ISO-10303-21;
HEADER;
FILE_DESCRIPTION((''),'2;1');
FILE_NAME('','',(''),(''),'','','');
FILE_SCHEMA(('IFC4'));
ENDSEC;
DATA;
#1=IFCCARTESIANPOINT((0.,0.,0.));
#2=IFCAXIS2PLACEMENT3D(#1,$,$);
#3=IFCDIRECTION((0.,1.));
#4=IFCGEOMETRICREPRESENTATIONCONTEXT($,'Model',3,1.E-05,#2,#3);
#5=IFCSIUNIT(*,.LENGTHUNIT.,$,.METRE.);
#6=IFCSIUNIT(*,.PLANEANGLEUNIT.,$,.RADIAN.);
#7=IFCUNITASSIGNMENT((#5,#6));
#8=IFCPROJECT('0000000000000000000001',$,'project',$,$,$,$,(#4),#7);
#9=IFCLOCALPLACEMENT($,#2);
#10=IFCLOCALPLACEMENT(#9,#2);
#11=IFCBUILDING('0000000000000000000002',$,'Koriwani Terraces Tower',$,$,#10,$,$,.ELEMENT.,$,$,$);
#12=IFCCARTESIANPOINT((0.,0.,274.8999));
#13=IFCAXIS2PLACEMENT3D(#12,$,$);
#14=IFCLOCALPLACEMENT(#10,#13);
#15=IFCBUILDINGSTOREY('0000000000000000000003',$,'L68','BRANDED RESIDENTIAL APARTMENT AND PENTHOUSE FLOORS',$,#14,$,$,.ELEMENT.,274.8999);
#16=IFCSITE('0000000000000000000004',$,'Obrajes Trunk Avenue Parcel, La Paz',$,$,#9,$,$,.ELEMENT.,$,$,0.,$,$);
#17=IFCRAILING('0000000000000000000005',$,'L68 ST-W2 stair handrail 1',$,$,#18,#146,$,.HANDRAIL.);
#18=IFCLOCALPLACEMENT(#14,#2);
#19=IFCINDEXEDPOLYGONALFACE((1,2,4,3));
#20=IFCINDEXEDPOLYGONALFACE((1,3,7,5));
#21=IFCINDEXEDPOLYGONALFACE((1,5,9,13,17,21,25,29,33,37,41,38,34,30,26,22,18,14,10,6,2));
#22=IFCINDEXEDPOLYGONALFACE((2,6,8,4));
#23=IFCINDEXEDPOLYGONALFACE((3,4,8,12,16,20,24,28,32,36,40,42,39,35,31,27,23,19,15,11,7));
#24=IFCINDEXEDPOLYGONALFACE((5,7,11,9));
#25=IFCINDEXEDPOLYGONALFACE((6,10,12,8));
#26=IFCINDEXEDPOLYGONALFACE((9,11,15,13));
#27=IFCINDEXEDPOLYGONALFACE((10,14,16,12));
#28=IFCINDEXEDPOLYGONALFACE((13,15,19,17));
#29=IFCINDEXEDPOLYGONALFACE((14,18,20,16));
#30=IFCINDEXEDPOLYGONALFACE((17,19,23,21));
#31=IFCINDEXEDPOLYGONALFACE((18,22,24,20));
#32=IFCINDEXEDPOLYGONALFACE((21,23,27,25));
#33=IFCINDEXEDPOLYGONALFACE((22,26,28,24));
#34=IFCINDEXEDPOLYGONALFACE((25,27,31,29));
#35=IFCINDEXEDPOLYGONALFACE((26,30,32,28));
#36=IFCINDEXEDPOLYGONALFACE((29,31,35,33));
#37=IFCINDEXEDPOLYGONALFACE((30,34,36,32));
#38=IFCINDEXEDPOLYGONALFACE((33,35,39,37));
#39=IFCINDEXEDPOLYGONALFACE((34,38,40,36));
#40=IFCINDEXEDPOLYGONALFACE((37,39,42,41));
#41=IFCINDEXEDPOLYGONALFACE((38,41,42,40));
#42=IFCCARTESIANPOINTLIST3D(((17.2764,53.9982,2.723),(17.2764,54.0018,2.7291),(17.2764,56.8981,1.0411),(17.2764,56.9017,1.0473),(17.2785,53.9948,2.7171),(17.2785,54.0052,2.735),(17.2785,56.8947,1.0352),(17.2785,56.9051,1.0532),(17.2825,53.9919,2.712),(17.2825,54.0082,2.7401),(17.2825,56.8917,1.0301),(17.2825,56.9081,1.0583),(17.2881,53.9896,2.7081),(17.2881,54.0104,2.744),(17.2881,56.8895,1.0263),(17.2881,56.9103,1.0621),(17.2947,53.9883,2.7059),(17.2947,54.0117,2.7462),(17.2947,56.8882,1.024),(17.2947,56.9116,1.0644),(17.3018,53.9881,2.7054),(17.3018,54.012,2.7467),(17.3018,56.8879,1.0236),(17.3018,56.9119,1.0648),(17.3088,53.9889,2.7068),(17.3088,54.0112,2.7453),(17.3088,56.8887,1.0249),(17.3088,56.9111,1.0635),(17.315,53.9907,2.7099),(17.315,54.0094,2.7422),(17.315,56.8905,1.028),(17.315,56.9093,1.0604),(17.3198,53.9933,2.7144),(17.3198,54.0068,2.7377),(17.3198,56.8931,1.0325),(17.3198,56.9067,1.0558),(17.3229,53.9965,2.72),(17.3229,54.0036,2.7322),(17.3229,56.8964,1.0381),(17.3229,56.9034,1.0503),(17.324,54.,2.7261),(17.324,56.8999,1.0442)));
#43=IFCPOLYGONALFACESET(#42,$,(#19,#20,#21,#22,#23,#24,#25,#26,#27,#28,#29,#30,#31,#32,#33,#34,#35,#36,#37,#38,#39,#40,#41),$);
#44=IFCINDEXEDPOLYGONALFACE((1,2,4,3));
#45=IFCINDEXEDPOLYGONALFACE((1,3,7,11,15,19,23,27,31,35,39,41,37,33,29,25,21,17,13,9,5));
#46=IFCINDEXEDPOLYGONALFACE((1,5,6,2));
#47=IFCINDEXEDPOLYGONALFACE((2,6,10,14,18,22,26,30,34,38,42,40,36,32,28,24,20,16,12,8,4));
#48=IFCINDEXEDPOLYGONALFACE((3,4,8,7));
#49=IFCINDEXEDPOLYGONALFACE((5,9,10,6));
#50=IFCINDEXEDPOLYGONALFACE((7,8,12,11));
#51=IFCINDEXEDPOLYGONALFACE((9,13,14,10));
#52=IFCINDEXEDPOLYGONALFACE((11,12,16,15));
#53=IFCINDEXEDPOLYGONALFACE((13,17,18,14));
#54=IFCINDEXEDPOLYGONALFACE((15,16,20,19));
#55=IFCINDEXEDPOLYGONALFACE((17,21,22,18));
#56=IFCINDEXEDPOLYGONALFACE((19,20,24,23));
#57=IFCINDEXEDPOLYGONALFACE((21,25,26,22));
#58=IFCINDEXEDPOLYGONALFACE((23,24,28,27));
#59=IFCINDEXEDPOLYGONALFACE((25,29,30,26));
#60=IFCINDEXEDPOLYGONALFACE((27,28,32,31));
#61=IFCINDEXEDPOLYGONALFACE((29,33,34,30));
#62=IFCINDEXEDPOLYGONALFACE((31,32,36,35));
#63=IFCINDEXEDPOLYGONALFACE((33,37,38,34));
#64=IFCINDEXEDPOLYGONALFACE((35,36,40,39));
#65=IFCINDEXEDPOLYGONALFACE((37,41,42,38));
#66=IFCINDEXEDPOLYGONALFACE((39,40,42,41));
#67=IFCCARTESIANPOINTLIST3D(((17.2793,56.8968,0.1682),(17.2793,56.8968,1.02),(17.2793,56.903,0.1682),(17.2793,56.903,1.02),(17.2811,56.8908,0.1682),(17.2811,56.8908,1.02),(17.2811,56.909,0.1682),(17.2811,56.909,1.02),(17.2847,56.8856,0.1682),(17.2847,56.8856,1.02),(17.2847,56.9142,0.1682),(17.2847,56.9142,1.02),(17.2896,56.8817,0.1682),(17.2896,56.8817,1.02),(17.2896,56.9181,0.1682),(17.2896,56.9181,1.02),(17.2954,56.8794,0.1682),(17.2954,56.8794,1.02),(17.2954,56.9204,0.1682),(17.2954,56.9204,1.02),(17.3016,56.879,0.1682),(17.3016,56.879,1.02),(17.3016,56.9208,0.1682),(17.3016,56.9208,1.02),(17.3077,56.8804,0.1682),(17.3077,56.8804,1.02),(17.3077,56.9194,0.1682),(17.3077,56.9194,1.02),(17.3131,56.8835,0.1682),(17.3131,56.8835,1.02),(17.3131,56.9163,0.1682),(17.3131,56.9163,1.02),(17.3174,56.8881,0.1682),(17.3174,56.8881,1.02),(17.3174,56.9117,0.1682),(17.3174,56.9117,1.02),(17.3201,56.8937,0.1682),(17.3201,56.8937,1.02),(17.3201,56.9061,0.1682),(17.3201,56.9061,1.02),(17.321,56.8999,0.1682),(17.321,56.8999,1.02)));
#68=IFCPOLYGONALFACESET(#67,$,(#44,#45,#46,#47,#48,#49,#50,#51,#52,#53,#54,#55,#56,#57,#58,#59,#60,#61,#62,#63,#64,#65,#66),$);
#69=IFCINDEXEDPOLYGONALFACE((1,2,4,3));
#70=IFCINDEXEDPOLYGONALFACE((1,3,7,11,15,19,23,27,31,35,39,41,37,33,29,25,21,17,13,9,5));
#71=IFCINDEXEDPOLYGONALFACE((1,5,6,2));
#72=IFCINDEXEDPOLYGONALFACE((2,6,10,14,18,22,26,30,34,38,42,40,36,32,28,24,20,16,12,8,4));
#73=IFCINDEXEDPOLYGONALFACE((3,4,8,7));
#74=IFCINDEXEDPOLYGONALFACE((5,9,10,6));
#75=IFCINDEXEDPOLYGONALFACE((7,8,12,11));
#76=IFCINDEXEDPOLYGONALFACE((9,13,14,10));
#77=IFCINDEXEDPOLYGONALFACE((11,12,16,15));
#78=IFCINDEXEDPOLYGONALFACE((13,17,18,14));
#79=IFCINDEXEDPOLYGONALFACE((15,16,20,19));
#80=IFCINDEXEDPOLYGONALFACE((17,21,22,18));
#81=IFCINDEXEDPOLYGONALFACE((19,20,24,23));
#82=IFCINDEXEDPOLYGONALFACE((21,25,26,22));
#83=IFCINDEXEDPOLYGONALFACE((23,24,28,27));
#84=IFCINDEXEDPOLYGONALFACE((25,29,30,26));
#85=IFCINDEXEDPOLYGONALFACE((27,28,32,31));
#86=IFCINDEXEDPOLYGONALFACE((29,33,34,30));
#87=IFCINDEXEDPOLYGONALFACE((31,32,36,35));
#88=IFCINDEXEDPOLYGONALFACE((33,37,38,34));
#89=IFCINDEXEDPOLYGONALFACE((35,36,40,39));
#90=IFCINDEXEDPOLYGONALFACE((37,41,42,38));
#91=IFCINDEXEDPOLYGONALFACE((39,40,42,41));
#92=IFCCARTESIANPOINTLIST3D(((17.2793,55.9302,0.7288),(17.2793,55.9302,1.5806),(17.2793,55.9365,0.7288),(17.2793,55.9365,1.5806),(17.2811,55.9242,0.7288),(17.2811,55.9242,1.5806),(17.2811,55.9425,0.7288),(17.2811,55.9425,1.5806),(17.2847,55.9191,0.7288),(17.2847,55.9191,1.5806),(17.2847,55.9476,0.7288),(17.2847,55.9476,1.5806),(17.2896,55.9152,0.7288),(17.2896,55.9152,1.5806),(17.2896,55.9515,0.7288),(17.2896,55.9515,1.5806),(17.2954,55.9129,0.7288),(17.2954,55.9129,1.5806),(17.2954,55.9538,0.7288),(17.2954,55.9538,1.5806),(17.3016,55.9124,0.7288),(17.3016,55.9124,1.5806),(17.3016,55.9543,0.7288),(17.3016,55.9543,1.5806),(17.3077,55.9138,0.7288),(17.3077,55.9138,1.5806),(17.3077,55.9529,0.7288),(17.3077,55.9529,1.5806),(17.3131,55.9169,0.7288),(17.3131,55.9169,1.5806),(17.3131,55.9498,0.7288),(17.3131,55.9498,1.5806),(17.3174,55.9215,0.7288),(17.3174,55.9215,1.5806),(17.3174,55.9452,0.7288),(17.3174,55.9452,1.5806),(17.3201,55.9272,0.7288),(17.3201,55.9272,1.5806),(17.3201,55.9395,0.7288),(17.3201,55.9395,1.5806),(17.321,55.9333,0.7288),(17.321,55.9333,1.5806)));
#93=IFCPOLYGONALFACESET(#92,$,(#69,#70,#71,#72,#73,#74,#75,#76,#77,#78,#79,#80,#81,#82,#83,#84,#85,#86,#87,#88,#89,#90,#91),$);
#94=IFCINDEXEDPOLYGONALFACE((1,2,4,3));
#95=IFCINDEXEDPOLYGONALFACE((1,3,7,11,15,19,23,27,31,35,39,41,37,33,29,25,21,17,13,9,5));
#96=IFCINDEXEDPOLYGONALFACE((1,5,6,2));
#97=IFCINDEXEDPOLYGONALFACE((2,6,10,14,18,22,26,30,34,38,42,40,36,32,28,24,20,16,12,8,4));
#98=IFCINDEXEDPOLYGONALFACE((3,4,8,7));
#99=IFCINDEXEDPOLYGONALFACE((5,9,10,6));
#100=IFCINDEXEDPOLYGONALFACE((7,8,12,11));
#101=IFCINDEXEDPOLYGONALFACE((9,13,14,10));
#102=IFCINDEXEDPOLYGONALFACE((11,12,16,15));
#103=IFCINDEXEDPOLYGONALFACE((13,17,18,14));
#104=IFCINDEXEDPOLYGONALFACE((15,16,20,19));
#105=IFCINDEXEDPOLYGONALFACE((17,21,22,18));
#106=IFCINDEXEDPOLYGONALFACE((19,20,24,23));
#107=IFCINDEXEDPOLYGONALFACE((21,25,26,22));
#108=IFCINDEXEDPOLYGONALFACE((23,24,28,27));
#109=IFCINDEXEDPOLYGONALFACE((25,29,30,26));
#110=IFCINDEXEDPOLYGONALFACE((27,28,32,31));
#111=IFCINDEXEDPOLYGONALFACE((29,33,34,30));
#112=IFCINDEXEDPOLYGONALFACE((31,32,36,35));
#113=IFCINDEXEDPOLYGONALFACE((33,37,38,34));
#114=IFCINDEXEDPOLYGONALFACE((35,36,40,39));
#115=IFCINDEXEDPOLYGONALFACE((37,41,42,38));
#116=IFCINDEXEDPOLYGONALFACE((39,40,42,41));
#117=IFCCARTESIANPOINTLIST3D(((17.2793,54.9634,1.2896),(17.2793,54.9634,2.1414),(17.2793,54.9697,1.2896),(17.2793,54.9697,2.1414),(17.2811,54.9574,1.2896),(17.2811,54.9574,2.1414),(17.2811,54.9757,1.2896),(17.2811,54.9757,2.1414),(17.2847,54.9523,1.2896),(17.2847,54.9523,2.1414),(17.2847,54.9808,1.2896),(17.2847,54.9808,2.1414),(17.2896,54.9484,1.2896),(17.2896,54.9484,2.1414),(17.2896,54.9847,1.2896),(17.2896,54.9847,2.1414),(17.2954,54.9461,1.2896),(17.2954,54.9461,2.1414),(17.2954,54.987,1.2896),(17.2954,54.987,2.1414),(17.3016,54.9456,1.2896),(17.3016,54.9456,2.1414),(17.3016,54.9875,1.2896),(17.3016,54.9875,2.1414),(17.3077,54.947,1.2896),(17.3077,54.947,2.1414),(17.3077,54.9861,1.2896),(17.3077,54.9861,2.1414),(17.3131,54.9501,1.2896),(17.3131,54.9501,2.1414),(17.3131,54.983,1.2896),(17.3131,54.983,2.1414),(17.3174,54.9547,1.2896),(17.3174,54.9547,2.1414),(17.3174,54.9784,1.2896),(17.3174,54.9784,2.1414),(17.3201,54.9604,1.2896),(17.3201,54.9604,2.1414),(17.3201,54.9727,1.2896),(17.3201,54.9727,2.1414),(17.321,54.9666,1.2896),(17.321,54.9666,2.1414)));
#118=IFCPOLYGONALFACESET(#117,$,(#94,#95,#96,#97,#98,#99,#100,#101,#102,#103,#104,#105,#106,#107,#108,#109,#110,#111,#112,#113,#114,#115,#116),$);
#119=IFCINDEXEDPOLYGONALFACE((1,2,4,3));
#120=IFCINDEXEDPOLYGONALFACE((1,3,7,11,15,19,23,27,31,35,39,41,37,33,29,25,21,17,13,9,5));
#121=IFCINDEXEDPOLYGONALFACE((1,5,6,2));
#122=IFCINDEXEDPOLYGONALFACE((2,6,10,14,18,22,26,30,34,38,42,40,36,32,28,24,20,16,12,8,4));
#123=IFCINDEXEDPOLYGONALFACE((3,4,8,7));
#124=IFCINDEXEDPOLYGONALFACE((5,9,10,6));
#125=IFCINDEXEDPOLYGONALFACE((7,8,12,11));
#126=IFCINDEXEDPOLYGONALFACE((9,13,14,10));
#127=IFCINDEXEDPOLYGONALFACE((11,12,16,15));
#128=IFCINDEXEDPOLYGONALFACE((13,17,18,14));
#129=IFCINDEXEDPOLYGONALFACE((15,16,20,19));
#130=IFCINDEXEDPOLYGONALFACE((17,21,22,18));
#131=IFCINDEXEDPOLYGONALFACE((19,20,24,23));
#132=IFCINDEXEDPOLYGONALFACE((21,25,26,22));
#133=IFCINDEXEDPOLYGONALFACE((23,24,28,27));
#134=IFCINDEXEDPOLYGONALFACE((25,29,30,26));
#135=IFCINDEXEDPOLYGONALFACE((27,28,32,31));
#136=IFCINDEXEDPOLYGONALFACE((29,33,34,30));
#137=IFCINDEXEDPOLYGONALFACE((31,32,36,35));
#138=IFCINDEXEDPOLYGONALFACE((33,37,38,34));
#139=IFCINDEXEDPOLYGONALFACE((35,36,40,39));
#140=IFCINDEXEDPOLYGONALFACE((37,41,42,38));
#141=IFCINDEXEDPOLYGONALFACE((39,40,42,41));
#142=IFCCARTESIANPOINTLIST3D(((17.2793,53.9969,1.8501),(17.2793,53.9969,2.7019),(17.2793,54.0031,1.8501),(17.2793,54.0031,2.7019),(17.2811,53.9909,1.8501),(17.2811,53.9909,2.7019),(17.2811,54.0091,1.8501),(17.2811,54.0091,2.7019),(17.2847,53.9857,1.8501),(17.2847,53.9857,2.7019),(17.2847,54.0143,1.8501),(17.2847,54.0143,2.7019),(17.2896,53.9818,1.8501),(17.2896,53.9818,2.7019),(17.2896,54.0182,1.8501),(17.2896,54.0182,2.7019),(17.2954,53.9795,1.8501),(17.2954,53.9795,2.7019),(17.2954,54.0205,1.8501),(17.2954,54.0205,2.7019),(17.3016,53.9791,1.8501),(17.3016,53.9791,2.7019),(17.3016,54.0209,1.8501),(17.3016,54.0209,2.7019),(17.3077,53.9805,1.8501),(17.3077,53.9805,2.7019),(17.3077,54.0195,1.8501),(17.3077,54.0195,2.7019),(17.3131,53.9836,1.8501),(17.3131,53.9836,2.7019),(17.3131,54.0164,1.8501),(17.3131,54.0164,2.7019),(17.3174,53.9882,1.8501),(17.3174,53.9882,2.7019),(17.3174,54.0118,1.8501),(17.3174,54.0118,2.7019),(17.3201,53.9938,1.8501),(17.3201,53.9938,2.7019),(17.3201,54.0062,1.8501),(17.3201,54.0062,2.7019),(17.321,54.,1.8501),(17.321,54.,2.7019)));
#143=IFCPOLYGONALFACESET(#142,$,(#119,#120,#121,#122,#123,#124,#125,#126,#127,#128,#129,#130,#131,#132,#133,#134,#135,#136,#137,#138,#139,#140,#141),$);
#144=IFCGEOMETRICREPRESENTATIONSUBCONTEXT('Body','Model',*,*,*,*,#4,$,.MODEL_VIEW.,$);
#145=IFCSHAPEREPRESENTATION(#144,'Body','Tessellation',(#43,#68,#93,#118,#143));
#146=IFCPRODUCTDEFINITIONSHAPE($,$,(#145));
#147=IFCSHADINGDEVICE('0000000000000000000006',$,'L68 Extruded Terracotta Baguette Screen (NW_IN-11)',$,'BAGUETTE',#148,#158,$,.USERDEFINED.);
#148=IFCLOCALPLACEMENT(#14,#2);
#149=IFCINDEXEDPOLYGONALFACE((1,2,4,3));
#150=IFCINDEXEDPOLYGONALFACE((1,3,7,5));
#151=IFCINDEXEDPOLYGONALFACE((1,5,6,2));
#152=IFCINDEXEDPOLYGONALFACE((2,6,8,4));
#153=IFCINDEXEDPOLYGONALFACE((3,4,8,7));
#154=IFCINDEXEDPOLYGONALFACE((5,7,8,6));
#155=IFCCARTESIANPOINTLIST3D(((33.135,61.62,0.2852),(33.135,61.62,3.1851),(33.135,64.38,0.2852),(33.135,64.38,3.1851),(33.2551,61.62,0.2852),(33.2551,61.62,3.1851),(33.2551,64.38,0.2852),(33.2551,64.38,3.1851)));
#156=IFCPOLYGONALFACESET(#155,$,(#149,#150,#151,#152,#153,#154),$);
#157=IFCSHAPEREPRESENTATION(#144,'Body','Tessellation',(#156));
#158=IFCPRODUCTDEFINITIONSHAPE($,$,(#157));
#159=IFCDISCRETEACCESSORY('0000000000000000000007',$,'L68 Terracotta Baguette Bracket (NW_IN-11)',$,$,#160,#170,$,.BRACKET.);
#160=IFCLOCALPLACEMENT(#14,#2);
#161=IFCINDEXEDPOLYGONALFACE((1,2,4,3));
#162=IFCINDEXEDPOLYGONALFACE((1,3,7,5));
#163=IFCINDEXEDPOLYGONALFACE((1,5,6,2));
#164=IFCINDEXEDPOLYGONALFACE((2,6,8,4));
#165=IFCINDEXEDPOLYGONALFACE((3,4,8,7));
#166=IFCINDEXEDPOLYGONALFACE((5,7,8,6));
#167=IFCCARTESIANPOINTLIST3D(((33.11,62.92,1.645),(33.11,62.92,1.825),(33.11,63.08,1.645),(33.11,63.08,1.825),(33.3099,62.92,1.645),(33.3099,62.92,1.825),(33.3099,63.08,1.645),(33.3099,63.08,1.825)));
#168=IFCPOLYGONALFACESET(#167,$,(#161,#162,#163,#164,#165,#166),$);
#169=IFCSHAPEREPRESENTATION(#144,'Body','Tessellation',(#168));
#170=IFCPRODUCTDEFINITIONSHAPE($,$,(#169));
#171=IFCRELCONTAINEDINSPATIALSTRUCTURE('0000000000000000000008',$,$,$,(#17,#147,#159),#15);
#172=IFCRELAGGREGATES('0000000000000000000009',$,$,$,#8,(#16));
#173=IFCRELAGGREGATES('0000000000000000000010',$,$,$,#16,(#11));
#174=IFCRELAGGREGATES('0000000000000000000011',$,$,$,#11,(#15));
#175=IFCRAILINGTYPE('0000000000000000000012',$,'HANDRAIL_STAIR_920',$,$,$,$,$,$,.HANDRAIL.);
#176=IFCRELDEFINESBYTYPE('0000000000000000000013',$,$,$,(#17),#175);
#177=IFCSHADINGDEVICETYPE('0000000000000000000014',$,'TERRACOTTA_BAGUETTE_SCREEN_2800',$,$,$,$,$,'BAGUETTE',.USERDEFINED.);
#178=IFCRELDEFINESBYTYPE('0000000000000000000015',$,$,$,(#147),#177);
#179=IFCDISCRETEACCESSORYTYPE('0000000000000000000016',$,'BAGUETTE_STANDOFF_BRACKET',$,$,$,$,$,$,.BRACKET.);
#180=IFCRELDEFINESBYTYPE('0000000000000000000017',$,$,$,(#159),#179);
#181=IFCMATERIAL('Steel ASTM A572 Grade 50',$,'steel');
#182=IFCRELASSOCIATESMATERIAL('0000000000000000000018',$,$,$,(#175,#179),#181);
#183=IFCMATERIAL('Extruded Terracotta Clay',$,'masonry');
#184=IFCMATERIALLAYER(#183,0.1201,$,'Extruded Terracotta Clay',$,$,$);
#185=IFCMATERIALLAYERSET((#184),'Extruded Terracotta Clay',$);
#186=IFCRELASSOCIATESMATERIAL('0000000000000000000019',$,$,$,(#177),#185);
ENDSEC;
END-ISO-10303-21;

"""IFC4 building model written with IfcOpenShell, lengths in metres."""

from ifc_helpers import new_model, si_unit, direction, frame, origin, origin_2d, place, context, subcontext, project, spatial, rectangle, circle, extrude, material, layer, layer_set, type_object, element, save


model = new_model("IFC4")

# Units and contexts
model_context = context("Model", 3, precision=1e-05, world=origin(), true_north=direction((0.0, 1.0)))
body_context = subcontext(model_context, "Body", "Model", "MODEL_VIEW")
ifc_project = project(units=[si_unit("LENGTHUNIT", "METRE"), si_unit("PLANEANGLEUNIT", "RADIAN")], contexts=[model_context])

# Site, building, storey
site_placement = place(None, origin())
site = spatial("IfcSite", under=ifc_project, at=site_placement, Name="Obrajes Trunk Avenue Parcel, La Paz", CompositionType="ELEMENT", RefElevation=0.0)
building_placement = place(site_placement, origin())
building = spatial("IfcBuilding", under=site, at=building_placement, Name="Koriwani Terraces Tower", CompositionType="ELEMENT")
storey_placement = place(building_placement, frame((0.0, 0.0, 274.8999)))
storey = spatial("IfcBuildingStorey", under=building, at=storey_placement, Name="L68", Description="BRANDED RESIDENTIAL APARTMENT AND PENTHOUSE FLOORS", CompositionType="ELEMENT", Elevation=274.8999)

# Shared definitions
ifc_material_1 = material(Name="Steel ASTM A572 Grade 50", Category="steel")

# Railing
railing_type_1 = type_object("IfcRailingType", Name="HANDRAIL_STAIR_920", PredefinedType="HANDRAIL", material=ifc_material_1)
railing_1_placement = place(storey_placement, frame((17.3, 56.8999, 0.1682)))
element("IfcRailing", 1, at=railing_1_placement, inside=storey, type_object=railing_type_1, Name="L68 ST-W2 stair handrail 1", PredefinedType="HANDRAIL", context=body_context, shape_type="SweptSolid", body=[
    extrude(circle(Radius=0.0239, at=origin_2d()), frame((0.0, 0.0, 0.876), z_axis=(0.0, -0.865039, 0.501705), x_axis=(1.0, 0.0, 0.0)), (0.0, 0.0, 1.0), 3.3523),
    extrude(circle(Radius=0.021, at=origin_2d()), origin(), (0.0, 0.0, 1.0), 0.8518),
    extrude(circle(Radius=0.021, at=origin_2d()), frame((0.0, -0.9666, 0.5605)), (0.0, 0.0, 1.0), 0.8518),
    extrude(circle(Radius=0.021, at=origin_2d()), frame((0.0, -1.9333, 1.1213)), (0.0, 0.0, 1.0), 0.8518),
    extrude(circle(Radius=0.021, at=origin_2d()), frame((0.0, -2.8999, 1.6819)), (0.0, 0.0, 1.0), 0.8518),
])

# Shading device
ifc_material_2 = material(Name="Extruded Terracotta Clay", Category="masonry")
ifc_layer_1 = layer(ifc_material_2, 0.1201, Name="Extruded Terracotta Clay")
ifc_layer_set_1 = layer_set([ifc_layer_1], Name="Extruded Terracotta Clay")
shading_device_type = type_object("IfcShadingDeviceType", Name="TERRACOTTA_BAGUETTE_SCREEN_2800", ElementType="BAGUETTE", PredefinedType="USERDEFINED", material=ifc_layer_set_1)
shading_device_placement = place(storey_placement, frame((33.1951, 63.0, 0.2852), z_axis=(0.0, 0.0, 1.0), x_axis=(0.0, -1.0, 0.0)))
element("IfcShadingDevice", 2, at=shading_device_placement, inside=storey, type_object=shading_device_type, Name="L68 Extruded Terracotta Baguette Screen (NW_IN-11)", ObjectType="BAGUETTE", PredefinedType="USERDEFINED", context=body_context, shape_type="SweptSolid", body=[
    extrude(rectangle(XDim=2.76, YDim=0.1201, at=origin_2d()), origin(), (0.0, 0.0, 1.0), 2.8999),
])

# Discrete accessory
discrete_accessory_type = type_object("IfcDiscreteAccessoryType", Name="BAGUETTE_STANDOFF_BRACKET", PredefinedType="BRACKET", material=ifc_material_1)
discrete_accessory_placement = place(storey_placement, frame((33.21, 63.0, 1.645), z_axis=(0.0, 0.0, 1.0), x_axis=(0.0, -1.0, 0.0)))
element("IfcDiscreteAccessory", 3, at=discrete_accessory_placement, inside=storey, type_object=discrete_accessory_type, Name="L68 Terracotta Baguette Bracket (NW_IN-11)", PredefinedType="BRACKET", context=body_context, shape_type="SweptSolid", body=[
    extrude(rectangle(XDim=0.1599, YDim=0.2, at=origin_2d()), origin(), (0.0, 0.0, 1.0), 0.1799),
])

save(model, "model.ifc")
